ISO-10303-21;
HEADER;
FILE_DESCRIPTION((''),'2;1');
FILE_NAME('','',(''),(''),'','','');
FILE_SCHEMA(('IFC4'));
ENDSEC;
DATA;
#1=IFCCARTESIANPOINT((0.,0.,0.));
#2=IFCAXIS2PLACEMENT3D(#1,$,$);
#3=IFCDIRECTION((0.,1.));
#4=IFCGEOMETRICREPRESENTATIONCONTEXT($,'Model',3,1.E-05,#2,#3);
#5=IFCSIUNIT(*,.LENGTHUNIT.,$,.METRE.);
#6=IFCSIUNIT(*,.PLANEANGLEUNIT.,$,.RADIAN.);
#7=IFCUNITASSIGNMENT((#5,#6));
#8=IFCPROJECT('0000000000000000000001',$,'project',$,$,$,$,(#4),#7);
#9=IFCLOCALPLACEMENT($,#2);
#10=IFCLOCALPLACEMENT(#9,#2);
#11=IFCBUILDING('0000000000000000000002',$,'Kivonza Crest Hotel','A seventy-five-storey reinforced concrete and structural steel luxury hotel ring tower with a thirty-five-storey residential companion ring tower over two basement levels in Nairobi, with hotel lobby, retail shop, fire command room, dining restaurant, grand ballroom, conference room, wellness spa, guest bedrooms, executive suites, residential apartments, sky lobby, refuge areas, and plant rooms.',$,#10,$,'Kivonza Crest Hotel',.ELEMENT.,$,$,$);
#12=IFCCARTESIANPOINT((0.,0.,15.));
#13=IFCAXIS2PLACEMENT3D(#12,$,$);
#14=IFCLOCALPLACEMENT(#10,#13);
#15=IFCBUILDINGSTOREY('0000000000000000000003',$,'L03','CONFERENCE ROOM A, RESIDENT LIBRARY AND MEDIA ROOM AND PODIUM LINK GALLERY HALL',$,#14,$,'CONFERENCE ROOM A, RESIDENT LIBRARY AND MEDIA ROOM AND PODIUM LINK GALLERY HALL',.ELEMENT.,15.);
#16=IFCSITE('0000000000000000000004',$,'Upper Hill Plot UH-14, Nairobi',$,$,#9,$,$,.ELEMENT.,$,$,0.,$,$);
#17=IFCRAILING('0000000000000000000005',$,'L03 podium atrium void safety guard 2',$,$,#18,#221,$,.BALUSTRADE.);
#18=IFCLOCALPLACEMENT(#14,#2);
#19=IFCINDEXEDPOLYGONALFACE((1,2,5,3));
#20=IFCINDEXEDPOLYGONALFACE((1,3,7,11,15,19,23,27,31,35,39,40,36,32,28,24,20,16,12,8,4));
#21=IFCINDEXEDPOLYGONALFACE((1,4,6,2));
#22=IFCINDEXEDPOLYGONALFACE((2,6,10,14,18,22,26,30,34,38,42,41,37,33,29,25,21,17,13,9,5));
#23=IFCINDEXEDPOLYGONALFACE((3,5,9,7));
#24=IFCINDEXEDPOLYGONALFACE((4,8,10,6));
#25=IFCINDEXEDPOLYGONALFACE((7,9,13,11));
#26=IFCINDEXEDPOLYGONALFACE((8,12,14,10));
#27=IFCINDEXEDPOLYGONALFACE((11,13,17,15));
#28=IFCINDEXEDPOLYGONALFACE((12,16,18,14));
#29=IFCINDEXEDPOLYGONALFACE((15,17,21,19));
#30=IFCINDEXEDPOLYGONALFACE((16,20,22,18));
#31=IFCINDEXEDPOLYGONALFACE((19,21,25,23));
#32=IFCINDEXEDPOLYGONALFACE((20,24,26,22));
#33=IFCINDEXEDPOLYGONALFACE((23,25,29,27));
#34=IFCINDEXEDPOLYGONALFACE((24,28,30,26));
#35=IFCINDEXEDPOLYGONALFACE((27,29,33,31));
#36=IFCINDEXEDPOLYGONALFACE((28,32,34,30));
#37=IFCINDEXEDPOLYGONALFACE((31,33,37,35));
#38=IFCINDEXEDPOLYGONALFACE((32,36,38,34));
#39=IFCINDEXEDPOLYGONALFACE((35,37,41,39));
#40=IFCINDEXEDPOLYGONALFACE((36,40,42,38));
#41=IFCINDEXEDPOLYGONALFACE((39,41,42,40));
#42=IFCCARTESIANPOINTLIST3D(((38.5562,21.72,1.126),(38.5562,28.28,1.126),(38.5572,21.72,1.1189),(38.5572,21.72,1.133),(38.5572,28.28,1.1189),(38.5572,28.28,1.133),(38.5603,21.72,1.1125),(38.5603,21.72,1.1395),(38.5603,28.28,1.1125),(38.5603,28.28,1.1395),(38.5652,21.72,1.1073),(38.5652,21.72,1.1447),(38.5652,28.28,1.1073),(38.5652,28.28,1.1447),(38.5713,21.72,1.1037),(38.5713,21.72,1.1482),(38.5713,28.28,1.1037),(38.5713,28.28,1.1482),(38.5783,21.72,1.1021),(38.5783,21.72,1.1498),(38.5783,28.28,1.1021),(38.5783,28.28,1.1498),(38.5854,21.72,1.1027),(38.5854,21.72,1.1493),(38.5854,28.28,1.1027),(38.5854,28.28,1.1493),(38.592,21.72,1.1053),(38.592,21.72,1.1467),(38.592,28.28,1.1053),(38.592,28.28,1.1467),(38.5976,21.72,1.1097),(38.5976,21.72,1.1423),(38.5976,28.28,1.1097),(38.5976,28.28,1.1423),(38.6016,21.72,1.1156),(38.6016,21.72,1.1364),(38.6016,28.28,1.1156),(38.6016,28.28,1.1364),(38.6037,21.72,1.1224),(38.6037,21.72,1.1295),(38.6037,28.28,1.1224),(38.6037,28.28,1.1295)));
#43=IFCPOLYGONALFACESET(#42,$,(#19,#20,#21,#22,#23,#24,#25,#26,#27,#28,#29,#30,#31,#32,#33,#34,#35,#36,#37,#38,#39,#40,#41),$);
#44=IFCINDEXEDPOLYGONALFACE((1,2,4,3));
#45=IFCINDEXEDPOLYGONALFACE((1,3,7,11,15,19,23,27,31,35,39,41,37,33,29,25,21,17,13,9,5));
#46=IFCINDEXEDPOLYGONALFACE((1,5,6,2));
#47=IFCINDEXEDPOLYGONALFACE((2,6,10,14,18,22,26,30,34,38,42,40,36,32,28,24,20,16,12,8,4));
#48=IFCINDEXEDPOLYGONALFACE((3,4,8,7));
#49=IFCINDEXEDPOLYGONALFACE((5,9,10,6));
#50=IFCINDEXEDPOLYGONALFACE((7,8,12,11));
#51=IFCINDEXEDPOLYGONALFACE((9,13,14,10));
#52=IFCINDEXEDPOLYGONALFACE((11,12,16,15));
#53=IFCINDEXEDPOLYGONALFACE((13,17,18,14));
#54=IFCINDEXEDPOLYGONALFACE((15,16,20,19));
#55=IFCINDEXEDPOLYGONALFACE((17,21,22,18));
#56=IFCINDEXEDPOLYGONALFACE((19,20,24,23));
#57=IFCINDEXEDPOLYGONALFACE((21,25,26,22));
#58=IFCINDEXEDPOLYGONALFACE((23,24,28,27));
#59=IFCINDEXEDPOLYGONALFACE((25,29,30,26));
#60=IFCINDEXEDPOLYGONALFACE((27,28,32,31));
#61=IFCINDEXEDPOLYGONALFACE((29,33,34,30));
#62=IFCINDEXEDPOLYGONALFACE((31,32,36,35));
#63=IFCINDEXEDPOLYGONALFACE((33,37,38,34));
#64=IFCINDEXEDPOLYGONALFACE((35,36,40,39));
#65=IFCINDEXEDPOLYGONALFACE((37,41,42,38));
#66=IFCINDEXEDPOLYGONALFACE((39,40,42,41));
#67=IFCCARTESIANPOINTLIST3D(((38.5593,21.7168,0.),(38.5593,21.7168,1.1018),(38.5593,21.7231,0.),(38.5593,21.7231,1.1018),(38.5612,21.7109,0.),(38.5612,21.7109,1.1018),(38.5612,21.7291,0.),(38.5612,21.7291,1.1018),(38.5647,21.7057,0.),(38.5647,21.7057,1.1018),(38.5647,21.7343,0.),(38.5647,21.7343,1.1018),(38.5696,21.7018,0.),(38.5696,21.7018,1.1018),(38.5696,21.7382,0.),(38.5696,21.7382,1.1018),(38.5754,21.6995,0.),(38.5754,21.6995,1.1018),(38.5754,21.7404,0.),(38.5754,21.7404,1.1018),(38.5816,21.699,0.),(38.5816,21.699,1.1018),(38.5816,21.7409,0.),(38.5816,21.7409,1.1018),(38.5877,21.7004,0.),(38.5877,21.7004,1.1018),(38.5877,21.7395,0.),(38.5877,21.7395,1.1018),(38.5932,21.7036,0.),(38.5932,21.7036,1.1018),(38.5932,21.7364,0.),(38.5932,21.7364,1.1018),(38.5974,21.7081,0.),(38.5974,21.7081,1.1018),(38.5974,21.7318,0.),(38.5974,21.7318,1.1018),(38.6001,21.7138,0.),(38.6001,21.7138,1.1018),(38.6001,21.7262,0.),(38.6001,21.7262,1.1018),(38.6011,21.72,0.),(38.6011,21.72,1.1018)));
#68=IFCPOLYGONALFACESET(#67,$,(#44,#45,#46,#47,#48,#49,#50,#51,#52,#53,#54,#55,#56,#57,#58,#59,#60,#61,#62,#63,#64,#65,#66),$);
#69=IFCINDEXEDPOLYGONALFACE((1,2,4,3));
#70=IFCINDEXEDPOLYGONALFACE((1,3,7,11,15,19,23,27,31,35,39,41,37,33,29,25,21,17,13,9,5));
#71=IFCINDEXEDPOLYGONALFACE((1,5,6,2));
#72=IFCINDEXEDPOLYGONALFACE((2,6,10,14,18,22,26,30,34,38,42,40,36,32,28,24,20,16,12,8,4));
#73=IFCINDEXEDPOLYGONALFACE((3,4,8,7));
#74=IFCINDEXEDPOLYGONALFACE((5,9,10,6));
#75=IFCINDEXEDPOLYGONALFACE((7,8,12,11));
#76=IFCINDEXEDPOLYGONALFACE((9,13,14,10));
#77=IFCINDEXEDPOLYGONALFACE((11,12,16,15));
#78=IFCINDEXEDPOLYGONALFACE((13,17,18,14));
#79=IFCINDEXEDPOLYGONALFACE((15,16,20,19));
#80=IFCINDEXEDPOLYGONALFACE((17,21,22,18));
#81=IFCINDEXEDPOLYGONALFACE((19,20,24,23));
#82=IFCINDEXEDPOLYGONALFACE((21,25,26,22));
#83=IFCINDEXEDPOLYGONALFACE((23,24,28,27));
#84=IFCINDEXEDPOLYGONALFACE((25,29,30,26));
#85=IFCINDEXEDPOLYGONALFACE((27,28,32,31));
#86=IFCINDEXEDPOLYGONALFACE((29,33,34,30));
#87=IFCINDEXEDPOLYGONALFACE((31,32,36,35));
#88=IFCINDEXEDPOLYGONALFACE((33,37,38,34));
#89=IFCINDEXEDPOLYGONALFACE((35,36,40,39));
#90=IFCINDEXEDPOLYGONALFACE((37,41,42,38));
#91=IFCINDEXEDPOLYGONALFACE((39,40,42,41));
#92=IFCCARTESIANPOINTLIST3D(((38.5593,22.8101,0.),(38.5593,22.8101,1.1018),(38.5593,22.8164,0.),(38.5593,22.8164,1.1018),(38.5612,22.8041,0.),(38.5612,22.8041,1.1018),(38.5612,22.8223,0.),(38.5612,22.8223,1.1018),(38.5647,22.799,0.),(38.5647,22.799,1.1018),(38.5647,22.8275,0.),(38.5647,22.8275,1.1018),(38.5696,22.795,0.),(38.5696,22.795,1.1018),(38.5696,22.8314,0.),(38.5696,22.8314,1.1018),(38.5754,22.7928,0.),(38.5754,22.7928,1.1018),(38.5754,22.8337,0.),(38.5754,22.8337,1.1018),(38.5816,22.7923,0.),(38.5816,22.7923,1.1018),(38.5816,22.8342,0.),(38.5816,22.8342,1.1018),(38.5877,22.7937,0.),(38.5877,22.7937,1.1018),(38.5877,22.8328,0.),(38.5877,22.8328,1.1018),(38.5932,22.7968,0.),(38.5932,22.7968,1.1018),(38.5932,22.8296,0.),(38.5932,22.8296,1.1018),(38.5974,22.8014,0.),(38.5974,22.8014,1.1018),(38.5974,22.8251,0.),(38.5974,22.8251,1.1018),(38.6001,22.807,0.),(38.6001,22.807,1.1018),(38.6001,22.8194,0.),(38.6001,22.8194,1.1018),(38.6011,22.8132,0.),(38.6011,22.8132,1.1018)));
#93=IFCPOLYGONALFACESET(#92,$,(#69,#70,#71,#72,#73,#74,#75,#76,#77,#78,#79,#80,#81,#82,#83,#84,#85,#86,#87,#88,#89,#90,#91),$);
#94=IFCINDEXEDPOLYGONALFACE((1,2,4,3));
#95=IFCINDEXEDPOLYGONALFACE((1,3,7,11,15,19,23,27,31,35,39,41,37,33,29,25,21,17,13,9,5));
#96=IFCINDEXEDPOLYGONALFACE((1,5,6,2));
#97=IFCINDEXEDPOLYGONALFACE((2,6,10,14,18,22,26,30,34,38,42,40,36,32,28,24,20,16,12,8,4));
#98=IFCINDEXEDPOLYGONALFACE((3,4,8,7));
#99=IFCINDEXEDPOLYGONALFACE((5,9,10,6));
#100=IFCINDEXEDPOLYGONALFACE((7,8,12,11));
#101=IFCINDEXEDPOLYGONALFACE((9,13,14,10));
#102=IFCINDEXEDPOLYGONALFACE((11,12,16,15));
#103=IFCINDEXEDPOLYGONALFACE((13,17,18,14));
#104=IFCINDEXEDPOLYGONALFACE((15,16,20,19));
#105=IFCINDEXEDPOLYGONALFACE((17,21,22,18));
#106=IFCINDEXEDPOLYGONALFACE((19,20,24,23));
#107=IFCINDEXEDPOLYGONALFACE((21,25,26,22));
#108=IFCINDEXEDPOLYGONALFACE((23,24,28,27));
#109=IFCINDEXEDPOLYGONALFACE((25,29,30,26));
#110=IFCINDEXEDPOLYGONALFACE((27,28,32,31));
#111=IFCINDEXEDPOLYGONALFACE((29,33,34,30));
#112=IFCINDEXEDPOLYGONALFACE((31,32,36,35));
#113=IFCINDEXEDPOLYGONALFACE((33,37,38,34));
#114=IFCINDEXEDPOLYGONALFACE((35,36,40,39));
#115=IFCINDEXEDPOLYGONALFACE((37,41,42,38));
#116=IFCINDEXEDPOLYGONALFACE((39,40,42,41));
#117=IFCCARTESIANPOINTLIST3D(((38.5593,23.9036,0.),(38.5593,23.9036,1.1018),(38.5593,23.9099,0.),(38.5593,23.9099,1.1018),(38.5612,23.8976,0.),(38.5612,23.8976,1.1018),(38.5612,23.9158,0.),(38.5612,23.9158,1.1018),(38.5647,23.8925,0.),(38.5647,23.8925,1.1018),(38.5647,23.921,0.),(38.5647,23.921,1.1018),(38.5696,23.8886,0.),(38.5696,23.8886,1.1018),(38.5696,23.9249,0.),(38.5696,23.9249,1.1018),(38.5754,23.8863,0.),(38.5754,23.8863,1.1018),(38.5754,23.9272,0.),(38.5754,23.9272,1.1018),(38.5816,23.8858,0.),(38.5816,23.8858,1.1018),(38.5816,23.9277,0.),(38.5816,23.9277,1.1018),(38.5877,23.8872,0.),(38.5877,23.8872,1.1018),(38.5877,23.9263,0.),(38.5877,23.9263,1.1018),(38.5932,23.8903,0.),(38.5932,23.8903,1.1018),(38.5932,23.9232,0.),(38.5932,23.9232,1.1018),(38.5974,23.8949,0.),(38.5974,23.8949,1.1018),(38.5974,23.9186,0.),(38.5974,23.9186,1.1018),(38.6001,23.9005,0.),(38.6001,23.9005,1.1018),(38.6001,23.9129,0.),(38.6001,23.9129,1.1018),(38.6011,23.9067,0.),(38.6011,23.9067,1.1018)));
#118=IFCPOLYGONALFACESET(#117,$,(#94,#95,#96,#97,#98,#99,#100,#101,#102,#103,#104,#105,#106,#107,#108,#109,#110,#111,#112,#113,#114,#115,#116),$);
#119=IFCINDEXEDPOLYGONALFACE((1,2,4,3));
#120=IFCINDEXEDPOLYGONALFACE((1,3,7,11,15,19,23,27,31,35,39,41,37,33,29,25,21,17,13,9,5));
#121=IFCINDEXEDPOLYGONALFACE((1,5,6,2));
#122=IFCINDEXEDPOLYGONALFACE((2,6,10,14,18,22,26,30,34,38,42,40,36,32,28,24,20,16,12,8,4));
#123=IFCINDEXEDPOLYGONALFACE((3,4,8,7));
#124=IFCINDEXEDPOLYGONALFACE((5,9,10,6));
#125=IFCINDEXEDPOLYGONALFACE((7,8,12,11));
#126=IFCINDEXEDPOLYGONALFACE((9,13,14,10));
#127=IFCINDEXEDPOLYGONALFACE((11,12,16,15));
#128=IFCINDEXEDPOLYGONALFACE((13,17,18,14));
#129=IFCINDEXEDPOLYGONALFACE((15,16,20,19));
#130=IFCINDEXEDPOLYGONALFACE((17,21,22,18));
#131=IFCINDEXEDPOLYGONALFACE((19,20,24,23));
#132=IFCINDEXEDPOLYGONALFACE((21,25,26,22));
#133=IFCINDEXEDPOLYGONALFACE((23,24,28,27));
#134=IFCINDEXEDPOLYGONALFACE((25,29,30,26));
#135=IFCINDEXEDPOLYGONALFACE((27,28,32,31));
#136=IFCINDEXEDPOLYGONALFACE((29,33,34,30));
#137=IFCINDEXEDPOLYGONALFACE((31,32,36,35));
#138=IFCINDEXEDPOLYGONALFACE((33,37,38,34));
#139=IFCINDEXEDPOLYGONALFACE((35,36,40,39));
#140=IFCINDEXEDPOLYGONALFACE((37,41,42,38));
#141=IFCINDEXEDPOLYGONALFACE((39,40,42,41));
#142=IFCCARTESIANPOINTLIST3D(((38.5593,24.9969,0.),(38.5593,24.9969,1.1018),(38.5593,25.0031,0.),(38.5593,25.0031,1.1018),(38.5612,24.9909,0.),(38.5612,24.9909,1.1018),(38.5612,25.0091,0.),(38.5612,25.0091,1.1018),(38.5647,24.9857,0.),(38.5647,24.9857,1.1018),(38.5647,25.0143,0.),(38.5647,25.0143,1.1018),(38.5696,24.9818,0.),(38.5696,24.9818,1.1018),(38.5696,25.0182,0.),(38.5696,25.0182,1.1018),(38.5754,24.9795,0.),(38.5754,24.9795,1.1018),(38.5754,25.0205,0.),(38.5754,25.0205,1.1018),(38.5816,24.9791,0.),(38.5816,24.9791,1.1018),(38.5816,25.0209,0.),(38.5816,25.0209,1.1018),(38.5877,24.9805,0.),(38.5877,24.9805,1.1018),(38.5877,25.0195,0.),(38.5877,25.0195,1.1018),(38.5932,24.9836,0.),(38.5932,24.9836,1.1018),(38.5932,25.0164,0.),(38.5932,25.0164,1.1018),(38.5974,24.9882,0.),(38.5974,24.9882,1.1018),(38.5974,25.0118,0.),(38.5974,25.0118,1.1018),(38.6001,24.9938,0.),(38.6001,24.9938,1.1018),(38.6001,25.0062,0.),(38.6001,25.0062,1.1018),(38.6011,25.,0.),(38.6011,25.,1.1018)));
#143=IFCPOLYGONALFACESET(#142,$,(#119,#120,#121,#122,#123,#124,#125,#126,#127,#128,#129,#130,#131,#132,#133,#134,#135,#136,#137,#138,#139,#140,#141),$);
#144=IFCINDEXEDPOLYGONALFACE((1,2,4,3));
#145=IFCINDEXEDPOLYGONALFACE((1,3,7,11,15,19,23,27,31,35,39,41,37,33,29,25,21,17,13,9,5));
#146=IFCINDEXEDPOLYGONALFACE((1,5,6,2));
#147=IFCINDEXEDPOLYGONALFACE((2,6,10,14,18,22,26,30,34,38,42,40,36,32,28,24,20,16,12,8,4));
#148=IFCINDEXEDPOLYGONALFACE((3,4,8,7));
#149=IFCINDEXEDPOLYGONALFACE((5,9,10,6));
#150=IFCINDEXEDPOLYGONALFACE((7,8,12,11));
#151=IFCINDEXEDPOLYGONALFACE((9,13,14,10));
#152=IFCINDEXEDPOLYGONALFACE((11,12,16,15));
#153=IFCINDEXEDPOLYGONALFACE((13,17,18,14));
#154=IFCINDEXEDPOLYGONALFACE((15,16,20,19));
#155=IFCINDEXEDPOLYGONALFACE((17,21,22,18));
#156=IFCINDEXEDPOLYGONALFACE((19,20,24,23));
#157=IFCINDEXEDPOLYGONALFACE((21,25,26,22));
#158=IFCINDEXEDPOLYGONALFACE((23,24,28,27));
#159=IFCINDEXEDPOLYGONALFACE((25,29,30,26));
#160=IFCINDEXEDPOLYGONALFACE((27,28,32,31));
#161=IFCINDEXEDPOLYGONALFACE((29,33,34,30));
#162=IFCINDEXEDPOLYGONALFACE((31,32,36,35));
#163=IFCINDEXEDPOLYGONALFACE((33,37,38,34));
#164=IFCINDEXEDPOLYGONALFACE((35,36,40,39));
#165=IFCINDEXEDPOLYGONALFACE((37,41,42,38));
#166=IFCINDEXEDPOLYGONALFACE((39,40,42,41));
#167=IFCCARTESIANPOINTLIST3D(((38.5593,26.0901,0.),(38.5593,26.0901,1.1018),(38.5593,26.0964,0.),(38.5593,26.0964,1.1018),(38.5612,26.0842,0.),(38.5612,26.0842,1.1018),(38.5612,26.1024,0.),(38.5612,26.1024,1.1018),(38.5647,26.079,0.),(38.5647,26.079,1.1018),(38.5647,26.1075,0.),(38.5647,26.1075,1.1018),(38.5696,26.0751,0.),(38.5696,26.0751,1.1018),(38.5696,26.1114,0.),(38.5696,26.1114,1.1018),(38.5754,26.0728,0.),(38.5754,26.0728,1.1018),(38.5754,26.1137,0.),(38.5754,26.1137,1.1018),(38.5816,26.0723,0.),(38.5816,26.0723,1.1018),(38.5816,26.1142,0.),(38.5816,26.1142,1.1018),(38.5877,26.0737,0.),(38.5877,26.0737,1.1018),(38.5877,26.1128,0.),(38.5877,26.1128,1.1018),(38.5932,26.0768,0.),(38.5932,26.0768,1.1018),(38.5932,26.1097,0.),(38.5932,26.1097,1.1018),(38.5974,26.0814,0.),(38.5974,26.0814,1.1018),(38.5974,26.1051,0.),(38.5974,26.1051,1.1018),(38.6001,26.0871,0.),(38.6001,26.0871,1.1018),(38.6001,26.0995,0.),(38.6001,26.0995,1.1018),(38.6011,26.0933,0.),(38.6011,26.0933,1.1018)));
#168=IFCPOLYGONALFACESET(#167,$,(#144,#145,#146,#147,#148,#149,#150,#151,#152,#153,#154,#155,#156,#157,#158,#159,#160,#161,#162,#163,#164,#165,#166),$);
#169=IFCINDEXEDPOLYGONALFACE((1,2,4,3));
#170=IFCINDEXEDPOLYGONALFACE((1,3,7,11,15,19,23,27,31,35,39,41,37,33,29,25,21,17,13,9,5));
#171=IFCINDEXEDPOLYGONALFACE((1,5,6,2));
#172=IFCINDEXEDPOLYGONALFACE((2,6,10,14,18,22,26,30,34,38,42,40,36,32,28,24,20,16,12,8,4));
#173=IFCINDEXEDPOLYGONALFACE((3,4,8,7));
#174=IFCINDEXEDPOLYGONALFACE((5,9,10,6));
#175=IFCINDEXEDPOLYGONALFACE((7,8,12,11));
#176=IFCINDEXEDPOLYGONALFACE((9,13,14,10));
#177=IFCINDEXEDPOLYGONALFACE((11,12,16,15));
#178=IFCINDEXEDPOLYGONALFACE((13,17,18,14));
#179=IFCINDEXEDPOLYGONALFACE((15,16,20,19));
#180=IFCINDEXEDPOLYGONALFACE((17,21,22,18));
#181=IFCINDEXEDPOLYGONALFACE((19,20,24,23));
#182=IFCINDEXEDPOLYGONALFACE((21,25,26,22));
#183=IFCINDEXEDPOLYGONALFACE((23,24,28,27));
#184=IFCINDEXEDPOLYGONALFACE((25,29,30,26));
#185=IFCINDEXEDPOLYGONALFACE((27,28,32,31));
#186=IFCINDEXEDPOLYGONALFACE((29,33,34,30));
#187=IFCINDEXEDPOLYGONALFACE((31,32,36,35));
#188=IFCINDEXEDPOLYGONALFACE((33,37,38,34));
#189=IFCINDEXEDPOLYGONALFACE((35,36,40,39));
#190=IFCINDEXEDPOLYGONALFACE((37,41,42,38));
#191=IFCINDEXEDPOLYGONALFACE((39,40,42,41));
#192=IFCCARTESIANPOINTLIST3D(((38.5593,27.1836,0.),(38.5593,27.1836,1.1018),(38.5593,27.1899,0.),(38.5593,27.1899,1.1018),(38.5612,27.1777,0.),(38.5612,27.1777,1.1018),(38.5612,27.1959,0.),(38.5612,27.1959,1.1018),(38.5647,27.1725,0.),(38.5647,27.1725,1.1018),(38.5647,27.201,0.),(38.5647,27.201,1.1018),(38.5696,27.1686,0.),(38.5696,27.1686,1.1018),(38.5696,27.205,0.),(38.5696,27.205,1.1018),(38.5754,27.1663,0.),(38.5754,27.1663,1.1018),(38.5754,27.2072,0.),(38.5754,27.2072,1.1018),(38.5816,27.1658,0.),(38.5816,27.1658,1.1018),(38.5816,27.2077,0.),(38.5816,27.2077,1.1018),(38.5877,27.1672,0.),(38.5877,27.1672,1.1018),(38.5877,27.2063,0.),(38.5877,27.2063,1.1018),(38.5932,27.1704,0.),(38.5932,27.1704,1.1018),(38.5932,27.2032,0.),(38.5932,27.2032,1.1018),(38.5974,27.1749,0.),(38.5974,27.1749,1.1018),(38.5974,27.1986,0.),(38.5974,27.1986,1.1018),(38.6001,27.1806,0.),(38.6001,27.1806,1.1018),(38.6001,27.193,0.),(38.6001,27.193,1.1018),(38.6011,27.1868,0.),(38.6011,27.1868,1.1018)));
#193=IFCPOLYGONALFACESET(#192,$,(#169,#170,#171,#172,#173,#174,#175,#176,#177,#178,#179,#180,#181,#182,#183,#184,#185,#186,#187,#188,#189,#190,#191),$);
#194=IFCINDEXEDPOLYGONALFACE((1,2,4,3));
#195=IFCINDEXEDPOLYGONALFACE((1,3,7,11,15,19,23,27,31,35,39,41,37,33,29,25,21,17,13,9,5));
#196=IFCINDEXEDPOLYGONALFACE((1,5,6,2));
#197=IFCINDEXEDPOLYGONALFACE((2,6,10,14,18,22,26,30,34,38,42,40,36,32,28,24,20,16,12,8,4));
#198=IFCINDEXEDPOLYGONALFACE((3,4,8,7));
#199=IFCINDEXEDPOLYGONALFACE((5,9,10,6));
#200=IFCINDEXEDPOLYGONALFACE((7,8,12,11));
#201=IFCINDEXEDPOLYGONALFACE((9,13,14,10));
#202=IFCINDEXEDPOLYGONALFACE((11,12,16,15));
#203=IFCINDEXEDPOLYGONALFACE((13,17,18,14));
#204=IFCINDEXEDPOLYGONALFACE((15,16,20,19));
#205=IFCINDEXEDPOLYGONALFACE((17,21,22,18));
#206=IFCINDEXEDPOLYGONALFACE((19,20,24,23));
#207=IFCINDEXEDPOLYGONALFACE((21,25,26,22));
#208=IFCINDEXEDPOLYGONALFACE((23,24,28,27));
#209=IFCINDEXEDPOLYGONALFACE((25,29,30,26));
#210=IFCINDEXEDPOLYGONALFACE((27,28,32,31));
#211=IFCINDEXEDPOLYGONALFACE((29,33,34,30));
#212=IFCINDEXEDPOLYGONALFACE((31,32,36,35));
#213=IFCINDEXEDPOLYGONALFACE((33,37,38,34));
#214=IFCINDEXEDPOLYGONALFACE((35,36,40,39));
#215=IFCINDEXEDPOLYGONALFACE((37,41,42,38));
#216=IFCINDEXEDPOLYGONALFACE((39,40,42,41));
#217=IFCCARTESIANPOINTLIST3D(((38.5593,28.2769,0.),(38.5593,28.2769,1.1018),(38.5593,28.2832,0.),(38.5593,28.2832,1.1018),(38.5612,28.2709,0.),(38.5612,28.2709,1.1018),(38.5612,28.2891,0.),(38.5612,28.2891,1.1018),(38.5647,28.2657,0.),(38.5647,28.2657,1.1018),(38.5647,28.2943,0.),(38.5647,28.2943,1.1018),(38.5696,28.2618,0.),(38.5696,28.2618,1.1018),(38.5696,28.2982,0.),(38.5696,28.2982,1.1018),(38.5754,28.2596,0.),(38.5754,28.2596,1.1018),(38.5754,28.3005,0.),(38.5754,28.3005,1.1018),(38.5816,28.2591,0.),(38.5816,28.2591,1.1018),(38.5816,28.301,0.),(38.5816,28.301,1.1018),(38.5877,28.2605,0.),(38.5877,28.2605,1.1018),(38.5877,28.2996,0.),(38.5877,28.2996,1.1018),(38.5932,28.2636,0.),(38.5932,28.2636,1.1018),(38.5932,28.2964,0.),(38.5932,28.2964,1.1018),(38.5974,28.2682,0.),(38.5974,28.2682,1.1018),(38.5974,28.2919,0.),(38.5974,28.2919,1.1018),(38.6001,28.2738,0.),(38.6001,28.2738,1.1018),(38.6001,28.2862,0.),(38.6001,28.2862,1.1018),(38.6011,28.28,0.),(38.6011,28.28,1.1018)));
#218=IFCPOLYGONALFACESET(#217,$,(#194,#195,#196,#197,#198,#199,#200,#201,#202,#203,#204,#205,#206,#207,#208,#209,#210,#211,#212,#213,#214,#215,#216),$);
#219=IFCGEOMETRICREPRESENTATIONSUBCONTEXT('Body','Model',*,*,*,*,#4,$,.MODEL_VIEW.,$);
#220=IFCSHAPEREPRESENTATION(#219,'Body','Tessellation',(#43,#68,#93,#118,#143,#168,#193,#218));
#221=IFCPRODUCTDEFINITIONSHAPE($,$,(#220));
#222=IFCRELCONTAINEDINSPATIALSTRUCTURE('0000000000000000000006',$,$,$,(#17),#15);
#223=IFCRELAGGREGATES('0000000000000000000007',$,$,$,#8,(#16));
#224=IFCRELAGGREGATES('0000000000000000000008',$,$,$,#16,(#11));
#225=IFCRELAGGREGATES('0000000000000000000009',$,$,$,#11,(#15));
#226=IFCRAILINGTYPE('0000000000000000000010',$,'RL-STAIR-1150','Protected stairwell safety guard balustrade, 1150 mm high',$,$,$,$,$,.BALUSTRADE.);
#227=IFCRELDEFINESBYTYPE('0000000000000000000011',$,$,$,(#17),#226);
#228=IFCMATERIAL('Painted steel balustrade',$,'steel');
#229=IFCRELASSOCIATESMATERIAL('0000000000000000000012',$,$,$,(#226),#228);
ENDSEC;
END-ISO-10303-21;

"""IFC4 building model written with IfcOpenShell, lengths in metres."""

from ifc_helpers import new_model, si_unit, direction, frame, origin, origin_2d, place, context, subcontext, project, spatial, circle, extrude, material, type_object, element, save


model = new_model("IFC4")

# Units and contexts
model_context = context("Model", 3, precision=1e-05, world=origin(), true_north=direction((0.0, 1.0)))
body_context = subcontext(model_context, "Body", "Model", "MODEL_VIEW")
ifc_project = project(units=[si_unit("LENGTHUNIT", "METRE"), si_unit("PLANEANGLEUNIT", "RADIAN")], contexts=[model_context])

# Site, building, storey
site_placement = place(None, origin())
site = spatial("IfcSite", under=ifc_project, at=site_placement, Name="Upper Hill Plot UH-14, Nairobi", CompositionType="ELEMENT", RefElevation=0.0)
building_placement = place(site_placement, origin())
building = spatial("IfcBuilding", under=site, at=building_placement, Name="Kivonza Crest Hotel", Description="A seventy-five-storey reinforced concrete and structural steel luxury hotel ring tower with a thirty-five-storey residential companion ring tower over two basement levels in Nairobi, with hotel lobby, retail shop, fire command room, dining restaurant, grand ballroom, conference room, wellness spa, guest bedrooms, executive suites, residential apartments, sky lobby, refuge areas, and plant rooms.", LongName="Kivonza Crest Hotel", CompositionType="ELEMENT")
storey_placement = place(building_placement, frame((0.0, 0.0, 15.0)))
storey = spatial("IfcBuildingStorey", under=building, at=storey_placement, Name="L03", Description="CONFERENCE ROOM A, RESIDENT LIBRARY AND MEDIA ROOM AND PODIUM LINK GALLERY HALL", LongName="CONFERENCE ROOM A, RESIDENT LIBRARY AND MEDIA ROOM AND PODIUM LINK GALLERY HALL", CompositionType="ELEMENT", Elevation=15.0)

# Railing
ifc_material_1 = material(Name="Painted steel balustrade", Category="steel")
railing_type = type_object("IfcRailingType", Name="RL-STAIR-1150", Description="Protected stairwell safety guard balustrade, 1150 mm high", PredefinedType="BALUSTRADE", material=ifc_material_1)
railing_1_placement = place(storey_placement, frame((38.5801, 21.72, 0.0)))
element("IfcRailing", 1, at=railing_1_placement, inside=storey, type_object=railing_type, Name="L03 podium atrium void safety guard 2", PredefinedType="BALUSTRADE", context=body_context, shape_type="SweptSolid", body=[
    extrude(circle(Radius=0.0239, at=origin_2d()), frame((0.0, 0.0, 1.126), z_axis=(0.0, 1.0, 0.0), x_axis=(-1.0, 0.0, 0.0)), (0.0, 0.0, 1.0), 6.5601),
    extrude(circle(Radius=0.021, at=origin_2d()), origin(), (0.0, 0.0, 1.0), 1.1018),
    extrude(circle(Radius=0.021, at=origin_2d()), frame((0.0, 1.0933, 0.0)), (0.0, 0.0, 1.0), 1.1018),
    extrude(circle(Radius=0.021, at=origin_2d()), frame((0.0, 2.1868, 0.0)), (0.0, 0.0, 1.0), 1.1018),
    extrude(circle(Radius=0.021, at=origin_2d()), frame((0.0, 3.28, 0.0)), (0.0, 0.0, 1.0), 1.1018),
    extrude(circle(Radius=0.021, at=origin_2d()), frame((0.0, 4.3733, 0.0)), (0.0, 0.0, 1.0), 1.1018),
    extrude(circle(Radius=0.021, at=origin_2d()), frame((0.0, 5.4668, 0.0)), (0.0, 0.0, 1.0), 1.1018),
    extrude(circle(Radius=0.021, at=origin_2d()), frame((0.0, 6.5601, 0.0)), (0.0, 0.0, 1.0), 1.1018),
])

save(model, "model.ifc")
